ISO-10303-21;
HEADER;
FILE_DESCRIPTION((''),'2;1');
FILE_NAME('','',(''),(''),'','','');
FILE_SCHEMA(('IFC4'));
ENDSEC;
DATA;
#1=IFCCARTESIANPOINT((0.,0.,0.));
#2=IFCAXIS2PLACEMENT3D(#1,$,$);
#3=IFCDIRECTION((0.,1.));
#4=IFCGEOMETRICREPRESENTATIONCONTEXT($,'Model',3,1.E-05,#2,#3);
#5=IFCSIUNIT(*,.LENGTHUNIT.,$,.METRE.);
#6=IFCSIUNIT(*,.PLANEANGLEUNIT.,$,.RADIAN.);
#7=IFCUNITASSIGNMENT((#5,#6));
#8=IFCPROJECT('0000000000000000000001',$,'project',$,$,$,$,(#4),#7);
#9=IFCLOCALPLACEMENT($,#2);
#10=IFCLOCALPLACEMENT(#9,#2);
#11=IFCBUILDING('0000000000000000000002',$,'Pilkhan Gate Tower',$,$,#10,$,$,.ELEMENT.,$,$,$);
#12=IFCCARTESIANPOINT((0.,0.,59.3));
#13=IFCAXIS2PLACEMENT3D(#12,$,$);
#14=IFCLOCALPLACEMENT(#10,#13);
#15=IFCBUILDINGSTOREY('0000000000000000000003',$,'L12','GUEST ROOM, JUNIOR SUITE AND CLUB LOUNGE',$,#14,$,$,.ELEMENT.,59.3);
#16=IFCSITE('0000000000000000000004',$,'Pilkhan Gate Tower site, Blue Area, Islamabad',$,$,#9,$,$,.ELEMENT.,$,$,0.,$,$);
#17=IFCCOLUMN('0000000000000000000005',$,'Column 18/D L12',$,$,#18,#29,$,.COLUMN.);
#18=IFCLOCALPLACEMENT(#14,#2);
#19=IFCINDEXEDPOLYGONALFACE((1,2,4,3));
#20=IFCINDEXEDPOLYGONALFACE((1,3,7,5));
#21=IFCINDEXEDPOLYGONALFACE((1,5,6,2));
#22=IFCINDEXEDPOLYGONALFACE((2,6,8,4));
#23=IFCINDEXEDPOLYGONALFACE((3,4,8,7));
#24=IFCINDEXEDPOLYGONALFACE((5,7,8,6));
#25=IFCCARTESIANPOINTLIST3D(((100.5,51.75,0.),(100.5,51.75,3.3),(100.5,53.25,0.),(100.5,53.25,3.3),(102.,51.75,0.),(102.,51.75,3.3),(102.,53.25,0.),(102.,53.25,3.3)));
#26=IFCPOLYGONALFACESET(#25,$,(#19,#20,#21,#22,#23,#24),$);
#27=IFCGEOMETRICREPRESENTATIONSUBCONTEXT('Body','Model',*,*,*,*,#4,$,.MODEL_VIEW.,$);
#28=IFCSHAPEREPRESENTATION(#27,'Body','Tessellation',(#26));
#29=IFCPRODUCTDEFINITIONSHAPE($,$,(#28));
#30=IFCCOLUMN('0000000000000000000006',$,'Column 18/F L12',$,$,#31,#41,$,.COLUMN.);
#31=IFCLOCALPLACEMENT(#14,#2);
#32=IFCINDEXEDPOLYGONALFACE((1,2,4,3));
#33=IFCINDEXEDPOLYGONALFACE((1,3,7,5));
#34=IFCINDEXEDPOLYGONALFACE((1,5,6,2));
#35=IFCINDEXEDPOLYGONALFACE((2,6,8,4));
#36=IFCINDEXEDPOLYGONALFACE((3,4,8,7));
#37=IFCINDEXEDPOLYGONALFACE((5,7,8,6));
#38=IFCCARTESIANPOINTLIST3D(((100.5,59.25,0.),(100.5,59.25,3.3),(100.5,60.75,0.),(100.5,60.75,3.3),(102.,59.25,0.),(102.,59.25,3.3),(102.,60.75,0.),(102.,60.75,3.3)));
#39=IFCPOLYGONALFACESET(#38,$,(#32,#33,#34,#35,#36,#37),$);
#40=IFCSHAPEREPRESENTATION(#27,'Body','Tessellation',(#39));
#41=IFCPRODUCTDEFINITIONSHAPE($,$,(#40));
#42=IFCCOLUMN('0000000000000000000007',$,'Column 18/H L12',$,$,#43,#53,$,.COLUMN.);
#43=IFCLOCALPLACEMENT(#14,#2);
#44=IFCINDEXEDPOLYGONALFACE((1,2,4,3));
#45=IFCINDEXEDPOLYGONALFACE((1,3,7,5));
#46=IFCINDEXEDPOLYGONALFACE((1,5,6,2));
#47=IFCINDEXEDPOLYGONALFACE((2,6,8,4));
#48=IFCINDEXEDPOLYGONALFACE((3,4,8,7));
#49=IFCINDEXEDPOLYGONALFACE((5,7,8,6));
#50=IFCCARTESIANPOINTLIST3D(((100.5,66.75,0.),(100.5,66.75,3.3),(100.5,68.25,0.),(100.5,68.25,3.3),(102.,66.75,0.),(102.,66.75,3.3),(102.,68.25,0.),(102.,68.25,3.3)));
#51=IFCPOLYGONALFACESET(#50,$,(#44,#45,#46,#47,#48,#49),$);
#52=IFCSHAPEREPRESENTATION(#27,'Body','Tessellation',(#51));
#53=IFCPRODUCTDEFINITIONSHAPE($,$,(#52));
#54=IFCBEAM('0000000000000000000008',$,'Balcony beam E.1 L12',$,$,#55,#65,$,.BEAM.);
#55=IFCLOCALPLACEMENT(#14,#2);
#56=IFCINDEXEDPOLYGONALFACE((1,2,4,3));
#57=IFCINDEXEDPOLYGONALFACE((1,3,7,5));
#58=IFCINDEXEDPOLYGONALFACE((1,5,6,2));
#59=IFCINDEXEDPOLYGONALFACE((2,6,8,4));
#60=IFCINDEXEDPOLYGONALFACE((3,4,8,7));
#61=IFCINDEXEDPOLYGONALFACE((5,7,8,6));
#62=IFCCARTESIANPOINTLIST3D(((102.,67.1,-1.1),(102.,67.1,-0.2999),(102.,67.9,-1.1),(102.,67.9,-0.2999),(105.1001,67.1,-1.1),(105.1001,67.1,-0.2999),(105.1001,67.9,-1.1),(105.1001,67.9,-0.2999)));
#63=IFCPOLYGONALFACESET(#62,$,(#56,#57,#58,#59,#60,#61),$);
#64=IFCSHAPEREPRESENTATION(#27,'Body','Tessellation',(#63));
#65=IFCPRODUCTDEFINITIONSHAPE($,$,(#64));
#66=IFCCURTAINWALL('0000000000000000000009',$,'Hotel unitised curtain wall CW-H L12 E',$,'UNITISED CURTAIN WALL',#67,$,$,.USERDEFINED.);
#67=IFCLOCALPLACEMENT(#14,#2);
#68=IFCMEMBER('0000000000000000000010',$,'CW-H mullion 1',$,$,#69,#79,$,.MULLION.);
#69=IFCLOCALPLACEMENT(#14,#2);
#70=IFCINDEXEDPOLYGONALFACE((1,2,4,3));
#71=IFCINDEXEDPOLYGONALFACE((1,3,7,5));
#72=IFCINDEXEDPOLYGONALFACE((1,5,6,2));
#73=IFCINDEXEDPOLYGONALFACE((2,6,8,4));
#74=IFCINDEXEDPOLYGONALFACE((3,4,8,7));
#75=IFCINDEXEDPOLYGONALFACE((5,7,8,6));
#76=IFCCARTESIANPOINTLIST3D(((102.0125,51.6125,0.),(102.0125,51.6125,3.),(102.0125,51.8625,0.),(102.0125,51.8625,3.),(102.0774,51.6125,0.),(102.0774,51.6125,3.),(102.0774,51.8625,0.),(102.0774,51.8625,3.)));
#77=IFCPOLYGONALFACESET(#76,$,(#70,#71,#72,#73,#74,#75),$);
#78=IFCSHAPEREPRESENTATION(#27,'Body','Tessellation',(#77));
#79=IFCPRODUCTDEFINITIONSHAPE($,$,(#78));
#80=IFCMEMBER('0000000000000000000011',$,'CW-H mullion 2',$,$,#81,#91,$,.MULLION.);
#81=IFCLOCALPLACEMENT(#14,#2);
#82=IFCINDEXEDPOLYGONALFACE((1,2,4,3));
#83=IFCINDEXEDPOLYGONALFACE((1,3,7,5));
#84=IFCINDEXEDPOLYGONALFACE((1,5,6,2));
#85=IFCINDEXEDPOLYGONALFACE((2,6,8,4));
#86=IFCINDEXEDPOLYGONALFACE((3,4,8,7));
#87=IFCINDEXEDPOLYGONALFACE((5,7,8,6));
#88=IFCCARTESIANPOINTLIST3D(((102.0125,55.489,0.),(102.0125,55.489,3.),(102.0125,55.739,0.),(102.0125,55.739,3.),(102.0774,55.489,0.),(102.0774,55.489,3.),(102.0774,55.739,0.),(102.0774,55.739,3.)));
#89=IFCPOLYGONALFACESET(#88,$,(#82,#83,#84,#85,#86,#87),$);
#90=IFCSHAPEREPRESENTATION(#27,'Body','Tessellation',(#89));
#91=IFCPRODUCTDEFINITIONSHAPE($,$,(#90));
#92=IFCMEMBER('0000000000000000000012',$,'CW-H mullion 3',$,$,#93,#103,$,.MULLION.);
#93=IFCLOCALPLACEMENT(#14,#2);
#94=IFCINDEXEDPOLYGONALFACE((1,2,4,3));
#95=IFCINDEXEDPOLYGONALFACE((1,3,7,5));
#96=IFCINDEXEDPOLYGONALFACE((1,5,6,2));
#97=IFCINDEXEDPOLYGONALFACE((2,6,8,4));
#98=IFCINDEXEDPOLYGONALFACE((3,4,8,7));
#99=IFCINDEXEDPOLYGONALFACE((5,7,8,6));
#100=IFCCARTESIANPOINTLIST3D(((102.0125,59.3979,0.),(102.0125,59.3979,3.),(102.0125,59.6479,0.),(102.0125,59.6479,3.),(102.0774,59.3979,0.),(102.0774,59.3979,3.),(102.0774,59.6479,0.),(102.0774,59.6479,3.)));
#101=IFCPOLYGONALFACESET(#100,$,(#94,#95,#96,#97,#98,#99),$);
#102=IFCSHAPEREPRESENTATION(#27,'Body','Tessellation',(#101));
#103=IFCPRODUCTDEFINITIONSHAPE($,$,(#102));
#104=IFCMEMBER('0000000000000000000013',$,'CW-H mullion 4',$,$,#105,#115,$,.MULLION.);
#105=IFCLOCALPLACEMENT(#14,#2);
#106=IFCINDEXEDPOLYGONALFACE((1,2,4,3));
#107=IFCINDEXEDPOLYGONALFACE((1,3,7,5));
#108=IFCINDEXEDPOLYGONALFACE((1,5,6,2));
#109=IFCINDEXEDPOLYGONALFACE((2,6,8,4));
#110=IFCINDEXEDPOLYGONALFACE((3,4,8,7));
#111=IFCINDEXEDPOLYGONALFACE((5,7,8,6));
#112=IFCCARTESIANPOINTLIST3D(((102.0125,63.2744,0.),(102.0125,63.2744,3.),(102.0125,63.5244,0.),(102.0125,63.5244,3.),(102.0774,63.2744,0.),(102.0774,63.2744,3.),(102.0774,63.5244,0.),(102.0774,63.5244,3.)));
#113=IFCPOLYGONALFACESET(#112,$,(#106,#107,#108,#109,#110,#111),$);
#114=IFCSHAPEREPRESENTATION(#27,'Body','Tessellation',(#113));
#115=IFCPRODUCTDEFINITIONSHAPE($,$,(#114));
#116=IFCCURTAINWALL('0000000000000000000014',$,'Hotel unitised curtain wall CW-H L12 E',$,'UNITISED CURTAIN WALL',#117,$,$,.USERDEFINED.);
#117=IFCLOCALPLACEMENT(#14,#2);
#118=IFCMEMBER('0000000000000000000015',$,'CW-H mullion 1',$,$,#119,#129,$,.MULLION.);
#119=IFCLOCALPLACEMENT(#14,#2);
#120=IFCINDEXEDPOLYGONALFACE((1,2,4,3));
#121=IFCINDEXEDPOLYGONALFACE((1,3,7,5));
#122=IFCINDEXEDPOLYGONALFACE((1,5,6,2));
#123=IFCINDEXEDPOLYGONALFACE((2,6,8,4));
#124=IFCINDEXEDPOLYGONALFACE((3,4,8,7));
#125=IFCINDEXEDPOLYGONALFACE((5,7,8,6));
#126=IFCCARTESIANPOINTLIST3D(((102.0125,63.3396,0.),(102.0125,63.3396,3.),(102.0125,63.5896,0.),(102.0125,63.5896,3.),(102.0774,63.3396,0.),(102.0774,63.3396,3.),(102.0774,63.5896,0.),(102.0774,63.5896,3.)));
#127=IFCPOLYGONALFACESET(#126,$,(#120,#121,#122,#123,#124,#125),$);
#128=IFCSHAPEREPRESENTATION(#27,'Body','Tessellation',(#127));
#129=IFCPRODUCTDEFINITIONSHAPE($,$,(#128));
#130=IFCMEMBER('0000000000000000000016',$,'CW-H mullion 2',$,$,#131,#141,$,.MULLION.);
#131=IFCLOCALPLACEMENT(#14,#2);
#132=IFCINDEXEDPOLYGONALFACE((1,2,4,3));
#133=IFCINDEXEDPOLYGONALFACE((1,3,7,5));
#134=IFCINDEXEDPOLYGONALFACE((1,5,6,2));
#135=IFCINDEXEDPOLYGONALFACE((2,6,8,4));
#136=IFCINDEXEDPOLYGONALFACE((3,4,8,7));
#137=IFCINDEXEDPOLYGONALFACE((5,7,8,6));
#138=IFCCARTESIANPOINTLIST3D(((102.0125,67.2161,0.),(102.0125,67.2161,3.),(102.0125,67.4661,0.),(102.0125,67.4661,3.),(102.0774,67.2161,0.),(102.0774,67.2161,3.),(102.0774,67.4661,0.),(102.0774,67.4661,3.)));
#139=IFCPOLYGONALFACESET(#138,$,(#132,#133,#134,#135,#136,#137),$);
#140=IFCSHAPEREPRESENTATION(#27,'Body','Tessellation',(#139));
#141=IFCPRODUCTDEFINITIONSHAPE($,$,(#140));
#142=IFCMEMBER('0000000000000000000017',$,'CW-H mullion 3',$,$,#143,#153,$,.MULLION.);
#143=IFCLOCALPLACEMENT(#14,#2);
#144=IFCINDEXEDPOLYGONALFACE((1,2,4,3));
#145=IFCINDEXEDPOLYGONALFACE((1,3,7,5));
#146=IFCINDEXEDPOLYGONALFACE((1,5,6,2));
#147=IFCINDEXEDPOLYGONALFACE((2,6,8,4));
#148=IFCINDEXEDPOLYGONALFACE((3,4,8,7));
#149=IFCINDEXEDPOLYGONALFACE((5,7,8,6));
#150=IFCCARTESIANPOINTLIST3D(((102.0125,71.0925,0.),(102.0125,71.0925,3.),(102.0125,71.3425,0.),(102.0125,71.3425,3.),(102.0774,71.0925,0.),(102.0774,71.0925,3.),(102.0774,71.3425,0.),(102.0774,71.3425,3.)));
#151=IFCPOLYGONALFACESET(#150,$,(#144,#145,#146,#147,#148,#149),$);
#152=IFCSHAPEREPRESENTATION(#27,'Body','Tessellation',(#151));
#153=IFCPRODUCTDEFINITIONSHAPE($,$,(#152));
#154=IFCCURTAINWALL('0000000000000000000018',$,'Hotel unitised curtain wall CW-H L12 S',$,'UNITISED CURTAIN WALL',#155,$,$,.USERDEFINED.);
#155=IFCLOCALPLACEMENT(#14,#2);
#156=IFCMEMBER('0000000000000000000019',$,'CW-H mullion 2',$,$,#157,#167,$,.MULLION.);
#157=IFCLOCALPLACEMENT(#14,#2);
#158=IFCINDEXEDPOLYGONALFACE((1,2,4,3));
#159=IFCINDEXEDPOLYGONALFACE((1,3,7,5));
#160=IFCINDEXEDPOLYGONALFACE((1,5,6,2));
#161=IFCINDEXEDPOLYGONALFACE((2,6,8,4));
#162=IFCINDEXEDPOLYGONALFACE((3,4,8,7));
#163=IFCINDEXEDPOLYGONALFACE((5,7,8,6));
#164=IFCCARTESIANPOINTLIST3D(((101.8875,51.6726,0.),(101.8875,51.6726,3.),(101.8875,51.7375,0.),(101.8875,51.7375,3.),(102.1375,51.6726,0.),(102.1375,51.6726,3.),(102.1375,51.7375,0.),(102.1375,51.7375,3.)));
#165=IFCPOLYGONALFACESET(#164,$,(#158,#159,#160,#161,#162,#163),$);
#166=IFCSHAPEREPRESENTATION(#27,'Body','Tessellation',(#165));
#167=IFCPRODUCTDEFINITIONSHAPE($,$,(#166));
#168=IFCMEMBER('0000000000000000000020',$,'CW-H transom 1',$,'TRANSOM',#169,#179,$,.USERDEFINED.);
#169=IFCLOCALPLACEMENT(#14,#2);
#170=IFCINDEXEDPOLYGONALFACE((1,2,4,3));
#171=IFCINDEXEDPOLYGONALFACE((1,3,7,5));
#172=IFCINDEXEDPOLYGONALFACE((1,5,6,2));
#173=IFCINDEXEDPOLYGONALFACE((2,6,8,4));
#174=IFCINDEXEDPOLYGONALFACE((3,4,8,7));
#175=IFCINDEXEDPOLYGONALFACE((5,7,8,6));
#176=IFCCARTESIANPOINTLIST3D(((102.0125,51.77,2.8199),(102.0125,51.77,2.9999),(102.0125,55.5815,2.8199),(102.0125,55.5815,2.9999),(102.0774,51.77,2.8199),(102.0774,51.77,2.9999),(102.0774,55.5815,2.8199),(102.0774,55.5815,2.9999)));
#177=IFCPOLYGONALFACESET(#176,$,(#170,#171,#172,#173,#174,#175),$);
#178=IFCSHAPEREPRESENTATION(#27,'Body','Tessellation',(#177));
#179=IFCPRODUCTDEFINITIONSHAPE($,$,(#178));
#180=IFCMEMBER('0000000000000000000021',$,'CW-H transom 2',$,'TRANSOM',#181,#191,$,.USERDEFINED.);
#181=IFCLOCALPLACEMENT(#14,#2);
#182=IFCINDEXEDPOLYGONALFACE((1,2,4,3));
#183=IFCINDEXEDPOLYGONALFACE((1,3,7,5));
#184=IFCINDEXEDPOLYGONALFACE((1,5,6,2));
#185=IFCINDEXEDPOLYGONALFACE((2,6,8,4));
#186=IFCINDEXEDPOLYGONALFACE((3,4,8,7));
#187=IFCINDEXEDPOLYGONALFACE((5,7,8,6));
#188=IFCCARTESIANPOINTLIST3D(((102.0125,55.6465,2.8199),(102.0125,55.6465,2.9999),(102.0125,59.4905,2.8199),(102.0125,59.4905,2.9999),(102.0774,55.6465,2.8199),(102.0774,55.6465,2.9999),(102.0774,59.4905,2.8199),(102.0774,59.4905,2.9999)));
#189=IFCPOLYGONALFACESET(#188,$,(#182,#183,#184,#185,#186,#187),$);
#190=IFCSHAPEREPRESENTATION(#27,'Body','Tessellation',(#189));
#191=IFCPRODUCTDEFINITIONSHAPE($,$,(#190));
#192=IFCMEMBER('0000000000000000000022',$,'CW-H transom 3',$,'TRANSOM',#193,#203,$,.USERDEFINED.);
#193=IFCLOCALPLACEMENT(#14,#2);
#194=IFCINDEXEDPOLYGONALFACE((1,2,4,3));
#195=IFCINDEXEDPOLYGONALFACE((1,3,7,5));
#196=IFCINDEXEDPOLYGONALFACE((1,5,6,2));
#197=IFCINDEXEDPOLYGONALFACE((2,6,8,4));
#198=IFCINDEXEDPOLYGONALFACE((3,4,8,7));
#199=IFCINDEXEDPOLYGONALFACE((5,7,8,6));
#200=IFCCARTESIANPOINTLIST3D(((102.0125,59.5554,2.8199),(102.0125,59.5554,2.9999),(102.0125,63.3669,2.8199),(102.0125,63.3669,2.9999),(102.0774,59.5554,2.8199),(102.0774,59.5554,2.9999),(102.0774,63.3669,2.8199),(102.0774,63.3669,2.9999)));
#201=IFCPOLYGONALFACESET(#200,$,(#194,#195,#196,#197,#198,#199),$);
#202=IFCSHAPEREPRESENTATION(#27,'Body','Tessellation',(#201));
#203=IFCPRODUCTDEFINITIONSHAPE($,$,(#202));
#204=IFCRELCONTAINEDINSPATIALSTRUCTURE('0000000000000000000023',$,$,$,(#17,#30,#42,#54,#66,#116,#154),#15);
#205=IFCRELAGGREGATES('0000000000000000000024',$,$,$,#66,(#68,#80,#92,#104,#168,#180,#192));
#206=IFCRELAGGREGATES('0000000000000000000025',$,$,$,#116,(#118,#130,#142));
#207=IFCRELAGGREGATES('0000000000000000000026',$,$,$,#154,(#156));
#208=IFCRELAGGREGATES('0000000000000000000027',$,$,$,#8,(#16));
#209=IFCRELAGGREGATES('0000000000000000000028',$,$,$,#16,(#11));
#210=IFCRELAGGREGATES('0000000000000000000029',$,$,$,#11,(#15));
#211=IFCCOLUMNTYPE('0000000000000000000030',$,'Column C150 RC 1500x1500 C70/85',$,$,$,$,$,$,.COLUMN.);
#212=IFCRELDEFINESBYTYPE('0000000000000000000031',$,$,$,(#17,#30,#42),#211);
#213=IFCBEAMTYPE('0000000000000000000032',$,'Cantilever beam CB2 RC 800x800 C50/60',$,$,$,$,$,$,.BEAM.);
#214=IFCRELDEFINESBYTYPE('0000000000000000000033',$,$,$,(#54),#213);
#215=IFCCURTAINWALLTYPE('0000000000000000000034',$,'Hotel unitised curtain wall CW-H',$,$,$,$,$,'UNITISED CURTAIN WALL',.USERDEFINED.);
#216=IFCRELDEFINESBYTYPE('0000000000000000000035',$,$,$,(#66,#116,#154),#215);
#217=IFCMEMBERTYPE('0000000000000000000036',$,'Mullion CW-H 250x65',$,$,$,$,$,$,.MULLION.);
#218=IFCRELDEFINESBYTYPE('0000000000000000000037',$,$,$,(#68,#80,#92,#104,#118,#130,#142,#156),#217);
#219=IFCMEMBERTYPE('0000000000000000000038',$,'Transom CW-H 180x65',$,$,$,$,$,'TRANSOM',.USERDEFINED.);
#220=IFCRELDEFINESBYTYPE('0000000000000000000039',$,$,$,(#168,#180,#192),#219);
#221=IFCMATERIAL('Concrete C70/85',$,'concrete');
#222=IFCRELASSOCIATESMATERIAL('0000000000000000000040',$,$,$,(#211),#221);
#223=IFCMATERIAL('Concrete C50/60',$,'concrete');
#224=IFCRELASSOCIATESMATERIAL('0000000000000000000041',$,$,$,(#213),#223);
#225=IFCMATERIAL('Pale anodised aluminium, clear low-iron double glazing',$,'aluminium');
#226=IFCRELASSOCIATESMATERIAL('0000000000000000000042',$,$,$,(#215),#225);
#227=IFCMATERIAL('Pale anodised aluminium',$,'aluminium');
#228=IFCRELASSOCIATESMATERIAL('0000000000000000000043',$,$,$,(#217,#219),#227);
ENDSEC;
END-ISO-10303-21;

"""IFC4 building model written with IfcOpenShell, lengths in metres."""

from ifc_helpers import new_model, si_unit, direction, frame, origin, origin_2d, place, context, subcontext, project, spatial, rectangle, extrude, material, material_profile, profile_set, type_object, element, aggregate, save


model = new_model("IFC4")

# Units and contexts
model_context = context("Model", 3, precision=1e-05, world=origin(), true_north=direction((0.0, 1.0)))
body_context = subcontext(model_context, "Body", "Model", "MODEL_VIEW")
ifc_project = project(units=[si_unit("LENGTHUNIT", "METRE"), si_unit("PLANEANGLEUNIT", "RADIAN")], contexts=[model_context])

# Site, building, storey
site_placement = place(None, origin())
site = spatial("IfcSite", under=ifc_project, at=site_placement, Name="Pilkhan Gate Tower site, Blue Area, Islamabad", CompositionType="ELEMENT", RefElevation=0.0)
building_placement = place(site_placement, origin())
building = spatial("IfcBuilding", under=site, at=building_placement, Name="Pilkhan Gate Tower", CompositionType="ELEMENT")
storey_placement = place(building_placement, frame((0.0, 0.0, 59.3)))
storey = spatial("IfcBuildingStorey", under=building, at=storey_placement, Name="L12", Description="GUEST ROOM, JUNIOR SUITE AND CLUB LOUNGE", CompositionType="ELEMENT", Elevation=59.3)

# Columns
ifc_material_1 = material(Name="Concrete C70/85", Category="concrete")
ifc_material_profile_1 = material_profile(ifc_material_1, rectangle(XDim=1.5, YDim=1.5, at=origin_2d()), Name="RC 1500x1500")
ifc_profile_set_1 = profile_set([ifc_material_profile_1], Name="Concrete C70/85")
column_type = type_object("IfcColumnType", Name="Column C150 RC 1500x1500 C70/85", PredefinedType="COLUMN", material=ifc_profile_set_1)
for number, where, z_axis, x_axis, name in (
    (1, (101.25, 52.5, 0.0), (0.0, 0.0, 1.0), (1.0, 0.0, 0.0), "Column 18/D L12"),
    (2, (101.25, 60.0, 0.0), (0.0, 0.0, 1.0), (1.0, 0.0, 0.0), "Column 18/F L12"),
    (3, (101.25, 67.5, 0.0), (0.0, 0.0, 1.0), (1.0, 0.0, 0.0), "Column 18/H L12"),
):
    element("IfcColumn", number, at=place(storey_placement, frame(where, z_axis=z_axis, x_axis=x_axis)), inside=storey, type_object=column_type, Name=name, PredefinedType="COLUMN", context=body_context, shape_type="SweptSolid", body=[
        extrude(rectangle(XDim=1.5, YDim=1.5, at=origin_2d()), origin(), (0.0, 0.0, 1.0), 3.3),
    ])

# Beam
ifc_material_2 = material(Name="Concrete C50/60", Category="concrete")
ifc_material_profile_2 = material_profile(ifc_material_2, rectangle(XDim=0.8, YDim=0.8, at=origin_2d()), Name="RC 800x800")
ifc_profile_set_2 = profile_set([ifc_material_profile_2], Name="Concrete C50/60")
beam_type = type_object("IfcBeamType", Name="Cantilever beam CB2 RC 800x800 C50/60", PredefinedType="BEAM", material=ifc_profile_set_2)
beam_placement = place(storey_placement, frame((102.0, 67.5, -0.7), z_axis=(1.0, 0.0, 0.0), x_axis=(0.0, 1.0, 0.0)))
element("IfcBeam", 4, at=beam_placement, inside=storey, type_object=beam_type, Name="Balcony beam E.1 L12", PredefinedType="BEAM", context=body_context, shape_type="SweptSolid", body=[
    extrude(rectangle(XDim=0.8, YDim=0.8, at=origin_2d()), origin(), (0.0, 0.0, 1.0), 3.1001),
])

# Curtain walls, members
ifc_material_3 = material(Name="Pale anodised aluminium, clear low-iron double glazing", Category="aluminium")
curtain_wall_type = type_object("IfcCurtainWallType", Name="Hotel unitised curtain wall CW-H", ElementType="UNITISED CURTAIN WALL", PredefinedType="USERDEFINED", material=ifc_material_3)
curtain_wall_1_placement = place(storey_placement, origin())
curtain_wall_1 = element("IfcCurtainWall", 5, at=curtain_wall_1_placement, inside=storey, type_object=curtain_wall_type, Name="Hotel unitised curtain wall CW-H L12 E", ObjectType="UNITISED CURTAIN WALL", PredefinedType="USERDEFINED")
ifc_material_4 = material(Name="Pale anodised aluminium", Category="aluminium")
ifc_material_profile_3 = material_profile(ifc_material_4, rectangle(XDim=0.0649, YDim=0.25, at=origin_2d()), Name="Mullion 250x65")
ifc_profile_set_3 = profile_set([ifc_material_profile_3], Name="Pale anodised aluminium")
member_type_1 = type_object("IfcMemberType", Name="Mullion CW-H 250x65", PredefinedType="MULLION", material=ifc_profile_set_3)
member_1_placement = place(storey_placement, frame((102.0449, 51.7375, 0.0), z_axis=(0.0, 0.0, 1.0), x_axis=(-1.0, 0.0, 0.0)))
member_1 = element("IfcMember", 6, at=member_1_placement, type_object=member_type_1, Name="CW-H mullion 1", PredefinedType="MULLION", context=body_context, shape_type="SweptSolid", body=[
    extrude(rectangle(XDim=0.0649, YDim=0.25, at=origin_2d()), origin(), (0.0, 0.0, 1.0), 3.0),
])
member_2_placement = place(storey_placement, frame((102.0449, 55.614, 0.0), z_axis=(0.0, 0.0, 1.0), x_axis=(-1.0, 0.0, 0.0)))
member_2 = element("IfcMember", 7, at=member_2_placement, type_object=member_type_1, Name="CW-H mullion 2", PredefinedType="MULLION", context=body_context, shape_type="SweptSolid", body=[
    extrude(rectangle(XDim=0.0649, YDim=0.25, at=origin_2d()), origin(), (0.0, 0.0, 1.0), 3.0),
])
member_3_placement = place(storey_placement, frame((102.0449, 59.5229, 0.0), z_axis=(0.0, 0.0, 1.0), x_axis=(-1.0, 0.0, 0.0)))
member_3 = element("IfcMember", 8, at=member_3_placement, type_object=member_type_1, Name="CW-H mullion 3", PredefinedType="MULLION", context=body_context, shape_type="SweptSolid", body=[
    extrude(rectangle(XDim=0.0649, YDim=0.25, at=origin_2d()), origin(), (0.0, 0.0, 1.0), 3.0),
])
member_4_placement = place(storey_placement, frame((102.0449, 63.3994, 0.0), z_axis=(0.0, 0.0, 1.0), x_axis=(-1.0, 0.0, 0.0)))
member_4 = element("IfcMember", 9, at=member_4_placement, type_object=member_type_1, Name="CW-H mullion 4", PredefinedType="MULLION", context=body_context, shape_type="SweptSolid", body=[
    extrude(rectangle(XDim=0.0649, YDim=0.25, at=origin_2d()), origin(), (0.0, 0.0, 1.0), 3.0),
])
curtain_wall_2_placement = place(storey_placement, origin())
curtain_wall_2 = element("IfcCurtainWall", 10, at=curtain_wall_2_placement, inside=storey, type_object=curtain_wall_type, Name="Hotel unitised curtain wall CW-H L12 E", ObjectType="UNITISED CURTAIN WALL", PredefinedType="USERDEFINED")
member_5_placement = place(storey_placement, frame((102.0449, 63.4646, 0.0), z_axis=(0.0, 0.0, 1.0), x_axis=(-1.0, 0.0, 0.0)))
member_5 = element("IfcMember", 11, at=member_5_placement, type_object=member_type_1, Name="CW-H mullion 1", PredefinedType="MULLION", context=body_context, shape_type="SweptSolid", body=[
    extrude(rectangle(XDim=0.0649, YDim=0.25, at=origin_2d()), origin(), (0.0, 0.0, 1.0), 3.0),
])
member_6_placement = place(storey_placement, frame((102.0449, 67.3411, 0.0), z_axis=(0.0, 0.0, 1.0), x_axis=(-1.0, 0.0, 0.0)))
member_6 = element("IfcMember", 12, at=member_6_placement, type_object=member_type_1, Name="CW-H mullion 2", PredefinedType="MULLION", context=body_context, shape_type="SweptSolid", body=[
    extrude(rectangle(XDim=0.0649, YDim=0.25, at=origin_2d()), origin(), (0.0, 0.0, 1.0), 3.0),
])
member_7_placement = place(storey_placement, frame((102.0449, 71.2175, 0.0), z_axis=(0.0, 0.0, 1.0), x_axis=(-1.0, 0.0, 0.0)))
member_7 = element("IfcMember", 13, at=member_7_placement, type_object=member_type_1, Name="CW-H mullion 3", PredefinedType="MULLION", context=body_context, shape_type="SweptSolid", body=[
    extrude(rectangle(XDim=0.0649, YDim=0.25, at=origin_2d()), origin(), (0.0, 0.0, 1.0), 3.0),
])

# Curtain wall, member
curtain_wall_3_placement = place(storey_placement, origin())
curtain_wall_3 = element("IfcCurtainWall", 14, at=curtain_wall_3_placement, inside=storey, type_object=curtain_wall_type, Name="Hotel unitised curtain wall CW-H L12 S", ObjectType="UNITISED CURTAIN WALL", PredefinedType="USERDEFINED")
member_8_placement = place(storey_placement, frame((102.0125, 51.7051, 0.0), z_axis=(0.0, 0.0, 1.0), x_axis=(0.0, 1.0, 0.0)))
member_8 = element("IfcMember", 15, at=member_8_placement, type_object=member_type_1, Name="CW-H mullion 2", PredefinedType="MULLION", context=body_context, shape_type="SweptSolid", body=[
    extrude(rectangle(XDim=0.0649, YDim=0.25, at=origin_2d()), origin(), (0.0, 0.0, 1.0), 3.0),
])

# Members
ifc_material_profile_4 = material_profile(ifc_material_4, rectangle(XDim=0.0649, YDim=0.1799, at=origin_2d()), Name="Transom 180x65")
ifc_profile_set_4 = profile_set([ifc_material_profile_4], Name="Pale anodised aluminium")
member_type_2 = type_object("IfcMemberType", Name="Transom CW-H 180x65", ElementType="TRANSOM", PredefinedType="USERDEFINED", material=ifc_profile_set_4)
member_9_placement = place(storey_placement, frame((102.0449, 51.77, 2.9099), z_axis=(0.0, 1.0, 0.0), x_axis=(-1.0, 0.0, 0.0)))
member_9 = element("IfcMember", 16, at=member_9_placement, type_object=member_type_2, Name="CW-H transom 1", ObjectType="TRANSOM", PredefinedType="USERDEFINED", context=body_context, shape_type="SweptSolid", body=[
    extrude(rectangle(XDim=0.0649, YDim=0.1799, at=origin_2d()), origin(), (0.0, 0.0, 1.0), 3.8115),
])
member_10_placement = place(storey_placement, frame((102.0449, 55.6465, 2.9099), z_axis=(0.0, 1.0, 0.0), x_axis=(-1.0, 0.0, 0.0)))
member_10 = element("IfcMember", 17, at=member_10_placement, type_object=member_type_2, Name="CW-H transom 2", ObjectType="TRANSOM", PredefinedType="USERDEFINED", context=body_context, shape_type="SweptSolid", body=[
    extrude(rectangle(XDim=0.0649, YDim=0.1799, at=origin_2d()), origin(), (0.0, 0.0, 1.0), 3.844),
])
member_11_placement = place(storey_placement, frame((102.0449, 59.5554, 2.9099), z_axis=(0.0, 1.0, 0.0), x_axis=(-1.0, 0.0, 0.0)))
member_11 = element("IfcMember", 18, at=member_11_placement, type_object=member_type_2, Name="CW-H transom 3", ObjectType="TRANSOM", PredefinedType="USERDEFINED", context=body_context, shape_type="SweptSolid", body=[
    extrude(rectangle(XDim=0.0649, YDim=0.1799, at=origin_2d()), origin(), (0.0, 0.0, 1.0), 3.8115),
])

aggregate(curtain_wall_1, [member_1, member_2, member_3, member_4, member_9, member_10, member_11])
aggregate(curtain_wall_2, [member_5, member_6, member_7])
aggregate(curtain_wall_3, [member_8])

save(model, "model.ifc")
